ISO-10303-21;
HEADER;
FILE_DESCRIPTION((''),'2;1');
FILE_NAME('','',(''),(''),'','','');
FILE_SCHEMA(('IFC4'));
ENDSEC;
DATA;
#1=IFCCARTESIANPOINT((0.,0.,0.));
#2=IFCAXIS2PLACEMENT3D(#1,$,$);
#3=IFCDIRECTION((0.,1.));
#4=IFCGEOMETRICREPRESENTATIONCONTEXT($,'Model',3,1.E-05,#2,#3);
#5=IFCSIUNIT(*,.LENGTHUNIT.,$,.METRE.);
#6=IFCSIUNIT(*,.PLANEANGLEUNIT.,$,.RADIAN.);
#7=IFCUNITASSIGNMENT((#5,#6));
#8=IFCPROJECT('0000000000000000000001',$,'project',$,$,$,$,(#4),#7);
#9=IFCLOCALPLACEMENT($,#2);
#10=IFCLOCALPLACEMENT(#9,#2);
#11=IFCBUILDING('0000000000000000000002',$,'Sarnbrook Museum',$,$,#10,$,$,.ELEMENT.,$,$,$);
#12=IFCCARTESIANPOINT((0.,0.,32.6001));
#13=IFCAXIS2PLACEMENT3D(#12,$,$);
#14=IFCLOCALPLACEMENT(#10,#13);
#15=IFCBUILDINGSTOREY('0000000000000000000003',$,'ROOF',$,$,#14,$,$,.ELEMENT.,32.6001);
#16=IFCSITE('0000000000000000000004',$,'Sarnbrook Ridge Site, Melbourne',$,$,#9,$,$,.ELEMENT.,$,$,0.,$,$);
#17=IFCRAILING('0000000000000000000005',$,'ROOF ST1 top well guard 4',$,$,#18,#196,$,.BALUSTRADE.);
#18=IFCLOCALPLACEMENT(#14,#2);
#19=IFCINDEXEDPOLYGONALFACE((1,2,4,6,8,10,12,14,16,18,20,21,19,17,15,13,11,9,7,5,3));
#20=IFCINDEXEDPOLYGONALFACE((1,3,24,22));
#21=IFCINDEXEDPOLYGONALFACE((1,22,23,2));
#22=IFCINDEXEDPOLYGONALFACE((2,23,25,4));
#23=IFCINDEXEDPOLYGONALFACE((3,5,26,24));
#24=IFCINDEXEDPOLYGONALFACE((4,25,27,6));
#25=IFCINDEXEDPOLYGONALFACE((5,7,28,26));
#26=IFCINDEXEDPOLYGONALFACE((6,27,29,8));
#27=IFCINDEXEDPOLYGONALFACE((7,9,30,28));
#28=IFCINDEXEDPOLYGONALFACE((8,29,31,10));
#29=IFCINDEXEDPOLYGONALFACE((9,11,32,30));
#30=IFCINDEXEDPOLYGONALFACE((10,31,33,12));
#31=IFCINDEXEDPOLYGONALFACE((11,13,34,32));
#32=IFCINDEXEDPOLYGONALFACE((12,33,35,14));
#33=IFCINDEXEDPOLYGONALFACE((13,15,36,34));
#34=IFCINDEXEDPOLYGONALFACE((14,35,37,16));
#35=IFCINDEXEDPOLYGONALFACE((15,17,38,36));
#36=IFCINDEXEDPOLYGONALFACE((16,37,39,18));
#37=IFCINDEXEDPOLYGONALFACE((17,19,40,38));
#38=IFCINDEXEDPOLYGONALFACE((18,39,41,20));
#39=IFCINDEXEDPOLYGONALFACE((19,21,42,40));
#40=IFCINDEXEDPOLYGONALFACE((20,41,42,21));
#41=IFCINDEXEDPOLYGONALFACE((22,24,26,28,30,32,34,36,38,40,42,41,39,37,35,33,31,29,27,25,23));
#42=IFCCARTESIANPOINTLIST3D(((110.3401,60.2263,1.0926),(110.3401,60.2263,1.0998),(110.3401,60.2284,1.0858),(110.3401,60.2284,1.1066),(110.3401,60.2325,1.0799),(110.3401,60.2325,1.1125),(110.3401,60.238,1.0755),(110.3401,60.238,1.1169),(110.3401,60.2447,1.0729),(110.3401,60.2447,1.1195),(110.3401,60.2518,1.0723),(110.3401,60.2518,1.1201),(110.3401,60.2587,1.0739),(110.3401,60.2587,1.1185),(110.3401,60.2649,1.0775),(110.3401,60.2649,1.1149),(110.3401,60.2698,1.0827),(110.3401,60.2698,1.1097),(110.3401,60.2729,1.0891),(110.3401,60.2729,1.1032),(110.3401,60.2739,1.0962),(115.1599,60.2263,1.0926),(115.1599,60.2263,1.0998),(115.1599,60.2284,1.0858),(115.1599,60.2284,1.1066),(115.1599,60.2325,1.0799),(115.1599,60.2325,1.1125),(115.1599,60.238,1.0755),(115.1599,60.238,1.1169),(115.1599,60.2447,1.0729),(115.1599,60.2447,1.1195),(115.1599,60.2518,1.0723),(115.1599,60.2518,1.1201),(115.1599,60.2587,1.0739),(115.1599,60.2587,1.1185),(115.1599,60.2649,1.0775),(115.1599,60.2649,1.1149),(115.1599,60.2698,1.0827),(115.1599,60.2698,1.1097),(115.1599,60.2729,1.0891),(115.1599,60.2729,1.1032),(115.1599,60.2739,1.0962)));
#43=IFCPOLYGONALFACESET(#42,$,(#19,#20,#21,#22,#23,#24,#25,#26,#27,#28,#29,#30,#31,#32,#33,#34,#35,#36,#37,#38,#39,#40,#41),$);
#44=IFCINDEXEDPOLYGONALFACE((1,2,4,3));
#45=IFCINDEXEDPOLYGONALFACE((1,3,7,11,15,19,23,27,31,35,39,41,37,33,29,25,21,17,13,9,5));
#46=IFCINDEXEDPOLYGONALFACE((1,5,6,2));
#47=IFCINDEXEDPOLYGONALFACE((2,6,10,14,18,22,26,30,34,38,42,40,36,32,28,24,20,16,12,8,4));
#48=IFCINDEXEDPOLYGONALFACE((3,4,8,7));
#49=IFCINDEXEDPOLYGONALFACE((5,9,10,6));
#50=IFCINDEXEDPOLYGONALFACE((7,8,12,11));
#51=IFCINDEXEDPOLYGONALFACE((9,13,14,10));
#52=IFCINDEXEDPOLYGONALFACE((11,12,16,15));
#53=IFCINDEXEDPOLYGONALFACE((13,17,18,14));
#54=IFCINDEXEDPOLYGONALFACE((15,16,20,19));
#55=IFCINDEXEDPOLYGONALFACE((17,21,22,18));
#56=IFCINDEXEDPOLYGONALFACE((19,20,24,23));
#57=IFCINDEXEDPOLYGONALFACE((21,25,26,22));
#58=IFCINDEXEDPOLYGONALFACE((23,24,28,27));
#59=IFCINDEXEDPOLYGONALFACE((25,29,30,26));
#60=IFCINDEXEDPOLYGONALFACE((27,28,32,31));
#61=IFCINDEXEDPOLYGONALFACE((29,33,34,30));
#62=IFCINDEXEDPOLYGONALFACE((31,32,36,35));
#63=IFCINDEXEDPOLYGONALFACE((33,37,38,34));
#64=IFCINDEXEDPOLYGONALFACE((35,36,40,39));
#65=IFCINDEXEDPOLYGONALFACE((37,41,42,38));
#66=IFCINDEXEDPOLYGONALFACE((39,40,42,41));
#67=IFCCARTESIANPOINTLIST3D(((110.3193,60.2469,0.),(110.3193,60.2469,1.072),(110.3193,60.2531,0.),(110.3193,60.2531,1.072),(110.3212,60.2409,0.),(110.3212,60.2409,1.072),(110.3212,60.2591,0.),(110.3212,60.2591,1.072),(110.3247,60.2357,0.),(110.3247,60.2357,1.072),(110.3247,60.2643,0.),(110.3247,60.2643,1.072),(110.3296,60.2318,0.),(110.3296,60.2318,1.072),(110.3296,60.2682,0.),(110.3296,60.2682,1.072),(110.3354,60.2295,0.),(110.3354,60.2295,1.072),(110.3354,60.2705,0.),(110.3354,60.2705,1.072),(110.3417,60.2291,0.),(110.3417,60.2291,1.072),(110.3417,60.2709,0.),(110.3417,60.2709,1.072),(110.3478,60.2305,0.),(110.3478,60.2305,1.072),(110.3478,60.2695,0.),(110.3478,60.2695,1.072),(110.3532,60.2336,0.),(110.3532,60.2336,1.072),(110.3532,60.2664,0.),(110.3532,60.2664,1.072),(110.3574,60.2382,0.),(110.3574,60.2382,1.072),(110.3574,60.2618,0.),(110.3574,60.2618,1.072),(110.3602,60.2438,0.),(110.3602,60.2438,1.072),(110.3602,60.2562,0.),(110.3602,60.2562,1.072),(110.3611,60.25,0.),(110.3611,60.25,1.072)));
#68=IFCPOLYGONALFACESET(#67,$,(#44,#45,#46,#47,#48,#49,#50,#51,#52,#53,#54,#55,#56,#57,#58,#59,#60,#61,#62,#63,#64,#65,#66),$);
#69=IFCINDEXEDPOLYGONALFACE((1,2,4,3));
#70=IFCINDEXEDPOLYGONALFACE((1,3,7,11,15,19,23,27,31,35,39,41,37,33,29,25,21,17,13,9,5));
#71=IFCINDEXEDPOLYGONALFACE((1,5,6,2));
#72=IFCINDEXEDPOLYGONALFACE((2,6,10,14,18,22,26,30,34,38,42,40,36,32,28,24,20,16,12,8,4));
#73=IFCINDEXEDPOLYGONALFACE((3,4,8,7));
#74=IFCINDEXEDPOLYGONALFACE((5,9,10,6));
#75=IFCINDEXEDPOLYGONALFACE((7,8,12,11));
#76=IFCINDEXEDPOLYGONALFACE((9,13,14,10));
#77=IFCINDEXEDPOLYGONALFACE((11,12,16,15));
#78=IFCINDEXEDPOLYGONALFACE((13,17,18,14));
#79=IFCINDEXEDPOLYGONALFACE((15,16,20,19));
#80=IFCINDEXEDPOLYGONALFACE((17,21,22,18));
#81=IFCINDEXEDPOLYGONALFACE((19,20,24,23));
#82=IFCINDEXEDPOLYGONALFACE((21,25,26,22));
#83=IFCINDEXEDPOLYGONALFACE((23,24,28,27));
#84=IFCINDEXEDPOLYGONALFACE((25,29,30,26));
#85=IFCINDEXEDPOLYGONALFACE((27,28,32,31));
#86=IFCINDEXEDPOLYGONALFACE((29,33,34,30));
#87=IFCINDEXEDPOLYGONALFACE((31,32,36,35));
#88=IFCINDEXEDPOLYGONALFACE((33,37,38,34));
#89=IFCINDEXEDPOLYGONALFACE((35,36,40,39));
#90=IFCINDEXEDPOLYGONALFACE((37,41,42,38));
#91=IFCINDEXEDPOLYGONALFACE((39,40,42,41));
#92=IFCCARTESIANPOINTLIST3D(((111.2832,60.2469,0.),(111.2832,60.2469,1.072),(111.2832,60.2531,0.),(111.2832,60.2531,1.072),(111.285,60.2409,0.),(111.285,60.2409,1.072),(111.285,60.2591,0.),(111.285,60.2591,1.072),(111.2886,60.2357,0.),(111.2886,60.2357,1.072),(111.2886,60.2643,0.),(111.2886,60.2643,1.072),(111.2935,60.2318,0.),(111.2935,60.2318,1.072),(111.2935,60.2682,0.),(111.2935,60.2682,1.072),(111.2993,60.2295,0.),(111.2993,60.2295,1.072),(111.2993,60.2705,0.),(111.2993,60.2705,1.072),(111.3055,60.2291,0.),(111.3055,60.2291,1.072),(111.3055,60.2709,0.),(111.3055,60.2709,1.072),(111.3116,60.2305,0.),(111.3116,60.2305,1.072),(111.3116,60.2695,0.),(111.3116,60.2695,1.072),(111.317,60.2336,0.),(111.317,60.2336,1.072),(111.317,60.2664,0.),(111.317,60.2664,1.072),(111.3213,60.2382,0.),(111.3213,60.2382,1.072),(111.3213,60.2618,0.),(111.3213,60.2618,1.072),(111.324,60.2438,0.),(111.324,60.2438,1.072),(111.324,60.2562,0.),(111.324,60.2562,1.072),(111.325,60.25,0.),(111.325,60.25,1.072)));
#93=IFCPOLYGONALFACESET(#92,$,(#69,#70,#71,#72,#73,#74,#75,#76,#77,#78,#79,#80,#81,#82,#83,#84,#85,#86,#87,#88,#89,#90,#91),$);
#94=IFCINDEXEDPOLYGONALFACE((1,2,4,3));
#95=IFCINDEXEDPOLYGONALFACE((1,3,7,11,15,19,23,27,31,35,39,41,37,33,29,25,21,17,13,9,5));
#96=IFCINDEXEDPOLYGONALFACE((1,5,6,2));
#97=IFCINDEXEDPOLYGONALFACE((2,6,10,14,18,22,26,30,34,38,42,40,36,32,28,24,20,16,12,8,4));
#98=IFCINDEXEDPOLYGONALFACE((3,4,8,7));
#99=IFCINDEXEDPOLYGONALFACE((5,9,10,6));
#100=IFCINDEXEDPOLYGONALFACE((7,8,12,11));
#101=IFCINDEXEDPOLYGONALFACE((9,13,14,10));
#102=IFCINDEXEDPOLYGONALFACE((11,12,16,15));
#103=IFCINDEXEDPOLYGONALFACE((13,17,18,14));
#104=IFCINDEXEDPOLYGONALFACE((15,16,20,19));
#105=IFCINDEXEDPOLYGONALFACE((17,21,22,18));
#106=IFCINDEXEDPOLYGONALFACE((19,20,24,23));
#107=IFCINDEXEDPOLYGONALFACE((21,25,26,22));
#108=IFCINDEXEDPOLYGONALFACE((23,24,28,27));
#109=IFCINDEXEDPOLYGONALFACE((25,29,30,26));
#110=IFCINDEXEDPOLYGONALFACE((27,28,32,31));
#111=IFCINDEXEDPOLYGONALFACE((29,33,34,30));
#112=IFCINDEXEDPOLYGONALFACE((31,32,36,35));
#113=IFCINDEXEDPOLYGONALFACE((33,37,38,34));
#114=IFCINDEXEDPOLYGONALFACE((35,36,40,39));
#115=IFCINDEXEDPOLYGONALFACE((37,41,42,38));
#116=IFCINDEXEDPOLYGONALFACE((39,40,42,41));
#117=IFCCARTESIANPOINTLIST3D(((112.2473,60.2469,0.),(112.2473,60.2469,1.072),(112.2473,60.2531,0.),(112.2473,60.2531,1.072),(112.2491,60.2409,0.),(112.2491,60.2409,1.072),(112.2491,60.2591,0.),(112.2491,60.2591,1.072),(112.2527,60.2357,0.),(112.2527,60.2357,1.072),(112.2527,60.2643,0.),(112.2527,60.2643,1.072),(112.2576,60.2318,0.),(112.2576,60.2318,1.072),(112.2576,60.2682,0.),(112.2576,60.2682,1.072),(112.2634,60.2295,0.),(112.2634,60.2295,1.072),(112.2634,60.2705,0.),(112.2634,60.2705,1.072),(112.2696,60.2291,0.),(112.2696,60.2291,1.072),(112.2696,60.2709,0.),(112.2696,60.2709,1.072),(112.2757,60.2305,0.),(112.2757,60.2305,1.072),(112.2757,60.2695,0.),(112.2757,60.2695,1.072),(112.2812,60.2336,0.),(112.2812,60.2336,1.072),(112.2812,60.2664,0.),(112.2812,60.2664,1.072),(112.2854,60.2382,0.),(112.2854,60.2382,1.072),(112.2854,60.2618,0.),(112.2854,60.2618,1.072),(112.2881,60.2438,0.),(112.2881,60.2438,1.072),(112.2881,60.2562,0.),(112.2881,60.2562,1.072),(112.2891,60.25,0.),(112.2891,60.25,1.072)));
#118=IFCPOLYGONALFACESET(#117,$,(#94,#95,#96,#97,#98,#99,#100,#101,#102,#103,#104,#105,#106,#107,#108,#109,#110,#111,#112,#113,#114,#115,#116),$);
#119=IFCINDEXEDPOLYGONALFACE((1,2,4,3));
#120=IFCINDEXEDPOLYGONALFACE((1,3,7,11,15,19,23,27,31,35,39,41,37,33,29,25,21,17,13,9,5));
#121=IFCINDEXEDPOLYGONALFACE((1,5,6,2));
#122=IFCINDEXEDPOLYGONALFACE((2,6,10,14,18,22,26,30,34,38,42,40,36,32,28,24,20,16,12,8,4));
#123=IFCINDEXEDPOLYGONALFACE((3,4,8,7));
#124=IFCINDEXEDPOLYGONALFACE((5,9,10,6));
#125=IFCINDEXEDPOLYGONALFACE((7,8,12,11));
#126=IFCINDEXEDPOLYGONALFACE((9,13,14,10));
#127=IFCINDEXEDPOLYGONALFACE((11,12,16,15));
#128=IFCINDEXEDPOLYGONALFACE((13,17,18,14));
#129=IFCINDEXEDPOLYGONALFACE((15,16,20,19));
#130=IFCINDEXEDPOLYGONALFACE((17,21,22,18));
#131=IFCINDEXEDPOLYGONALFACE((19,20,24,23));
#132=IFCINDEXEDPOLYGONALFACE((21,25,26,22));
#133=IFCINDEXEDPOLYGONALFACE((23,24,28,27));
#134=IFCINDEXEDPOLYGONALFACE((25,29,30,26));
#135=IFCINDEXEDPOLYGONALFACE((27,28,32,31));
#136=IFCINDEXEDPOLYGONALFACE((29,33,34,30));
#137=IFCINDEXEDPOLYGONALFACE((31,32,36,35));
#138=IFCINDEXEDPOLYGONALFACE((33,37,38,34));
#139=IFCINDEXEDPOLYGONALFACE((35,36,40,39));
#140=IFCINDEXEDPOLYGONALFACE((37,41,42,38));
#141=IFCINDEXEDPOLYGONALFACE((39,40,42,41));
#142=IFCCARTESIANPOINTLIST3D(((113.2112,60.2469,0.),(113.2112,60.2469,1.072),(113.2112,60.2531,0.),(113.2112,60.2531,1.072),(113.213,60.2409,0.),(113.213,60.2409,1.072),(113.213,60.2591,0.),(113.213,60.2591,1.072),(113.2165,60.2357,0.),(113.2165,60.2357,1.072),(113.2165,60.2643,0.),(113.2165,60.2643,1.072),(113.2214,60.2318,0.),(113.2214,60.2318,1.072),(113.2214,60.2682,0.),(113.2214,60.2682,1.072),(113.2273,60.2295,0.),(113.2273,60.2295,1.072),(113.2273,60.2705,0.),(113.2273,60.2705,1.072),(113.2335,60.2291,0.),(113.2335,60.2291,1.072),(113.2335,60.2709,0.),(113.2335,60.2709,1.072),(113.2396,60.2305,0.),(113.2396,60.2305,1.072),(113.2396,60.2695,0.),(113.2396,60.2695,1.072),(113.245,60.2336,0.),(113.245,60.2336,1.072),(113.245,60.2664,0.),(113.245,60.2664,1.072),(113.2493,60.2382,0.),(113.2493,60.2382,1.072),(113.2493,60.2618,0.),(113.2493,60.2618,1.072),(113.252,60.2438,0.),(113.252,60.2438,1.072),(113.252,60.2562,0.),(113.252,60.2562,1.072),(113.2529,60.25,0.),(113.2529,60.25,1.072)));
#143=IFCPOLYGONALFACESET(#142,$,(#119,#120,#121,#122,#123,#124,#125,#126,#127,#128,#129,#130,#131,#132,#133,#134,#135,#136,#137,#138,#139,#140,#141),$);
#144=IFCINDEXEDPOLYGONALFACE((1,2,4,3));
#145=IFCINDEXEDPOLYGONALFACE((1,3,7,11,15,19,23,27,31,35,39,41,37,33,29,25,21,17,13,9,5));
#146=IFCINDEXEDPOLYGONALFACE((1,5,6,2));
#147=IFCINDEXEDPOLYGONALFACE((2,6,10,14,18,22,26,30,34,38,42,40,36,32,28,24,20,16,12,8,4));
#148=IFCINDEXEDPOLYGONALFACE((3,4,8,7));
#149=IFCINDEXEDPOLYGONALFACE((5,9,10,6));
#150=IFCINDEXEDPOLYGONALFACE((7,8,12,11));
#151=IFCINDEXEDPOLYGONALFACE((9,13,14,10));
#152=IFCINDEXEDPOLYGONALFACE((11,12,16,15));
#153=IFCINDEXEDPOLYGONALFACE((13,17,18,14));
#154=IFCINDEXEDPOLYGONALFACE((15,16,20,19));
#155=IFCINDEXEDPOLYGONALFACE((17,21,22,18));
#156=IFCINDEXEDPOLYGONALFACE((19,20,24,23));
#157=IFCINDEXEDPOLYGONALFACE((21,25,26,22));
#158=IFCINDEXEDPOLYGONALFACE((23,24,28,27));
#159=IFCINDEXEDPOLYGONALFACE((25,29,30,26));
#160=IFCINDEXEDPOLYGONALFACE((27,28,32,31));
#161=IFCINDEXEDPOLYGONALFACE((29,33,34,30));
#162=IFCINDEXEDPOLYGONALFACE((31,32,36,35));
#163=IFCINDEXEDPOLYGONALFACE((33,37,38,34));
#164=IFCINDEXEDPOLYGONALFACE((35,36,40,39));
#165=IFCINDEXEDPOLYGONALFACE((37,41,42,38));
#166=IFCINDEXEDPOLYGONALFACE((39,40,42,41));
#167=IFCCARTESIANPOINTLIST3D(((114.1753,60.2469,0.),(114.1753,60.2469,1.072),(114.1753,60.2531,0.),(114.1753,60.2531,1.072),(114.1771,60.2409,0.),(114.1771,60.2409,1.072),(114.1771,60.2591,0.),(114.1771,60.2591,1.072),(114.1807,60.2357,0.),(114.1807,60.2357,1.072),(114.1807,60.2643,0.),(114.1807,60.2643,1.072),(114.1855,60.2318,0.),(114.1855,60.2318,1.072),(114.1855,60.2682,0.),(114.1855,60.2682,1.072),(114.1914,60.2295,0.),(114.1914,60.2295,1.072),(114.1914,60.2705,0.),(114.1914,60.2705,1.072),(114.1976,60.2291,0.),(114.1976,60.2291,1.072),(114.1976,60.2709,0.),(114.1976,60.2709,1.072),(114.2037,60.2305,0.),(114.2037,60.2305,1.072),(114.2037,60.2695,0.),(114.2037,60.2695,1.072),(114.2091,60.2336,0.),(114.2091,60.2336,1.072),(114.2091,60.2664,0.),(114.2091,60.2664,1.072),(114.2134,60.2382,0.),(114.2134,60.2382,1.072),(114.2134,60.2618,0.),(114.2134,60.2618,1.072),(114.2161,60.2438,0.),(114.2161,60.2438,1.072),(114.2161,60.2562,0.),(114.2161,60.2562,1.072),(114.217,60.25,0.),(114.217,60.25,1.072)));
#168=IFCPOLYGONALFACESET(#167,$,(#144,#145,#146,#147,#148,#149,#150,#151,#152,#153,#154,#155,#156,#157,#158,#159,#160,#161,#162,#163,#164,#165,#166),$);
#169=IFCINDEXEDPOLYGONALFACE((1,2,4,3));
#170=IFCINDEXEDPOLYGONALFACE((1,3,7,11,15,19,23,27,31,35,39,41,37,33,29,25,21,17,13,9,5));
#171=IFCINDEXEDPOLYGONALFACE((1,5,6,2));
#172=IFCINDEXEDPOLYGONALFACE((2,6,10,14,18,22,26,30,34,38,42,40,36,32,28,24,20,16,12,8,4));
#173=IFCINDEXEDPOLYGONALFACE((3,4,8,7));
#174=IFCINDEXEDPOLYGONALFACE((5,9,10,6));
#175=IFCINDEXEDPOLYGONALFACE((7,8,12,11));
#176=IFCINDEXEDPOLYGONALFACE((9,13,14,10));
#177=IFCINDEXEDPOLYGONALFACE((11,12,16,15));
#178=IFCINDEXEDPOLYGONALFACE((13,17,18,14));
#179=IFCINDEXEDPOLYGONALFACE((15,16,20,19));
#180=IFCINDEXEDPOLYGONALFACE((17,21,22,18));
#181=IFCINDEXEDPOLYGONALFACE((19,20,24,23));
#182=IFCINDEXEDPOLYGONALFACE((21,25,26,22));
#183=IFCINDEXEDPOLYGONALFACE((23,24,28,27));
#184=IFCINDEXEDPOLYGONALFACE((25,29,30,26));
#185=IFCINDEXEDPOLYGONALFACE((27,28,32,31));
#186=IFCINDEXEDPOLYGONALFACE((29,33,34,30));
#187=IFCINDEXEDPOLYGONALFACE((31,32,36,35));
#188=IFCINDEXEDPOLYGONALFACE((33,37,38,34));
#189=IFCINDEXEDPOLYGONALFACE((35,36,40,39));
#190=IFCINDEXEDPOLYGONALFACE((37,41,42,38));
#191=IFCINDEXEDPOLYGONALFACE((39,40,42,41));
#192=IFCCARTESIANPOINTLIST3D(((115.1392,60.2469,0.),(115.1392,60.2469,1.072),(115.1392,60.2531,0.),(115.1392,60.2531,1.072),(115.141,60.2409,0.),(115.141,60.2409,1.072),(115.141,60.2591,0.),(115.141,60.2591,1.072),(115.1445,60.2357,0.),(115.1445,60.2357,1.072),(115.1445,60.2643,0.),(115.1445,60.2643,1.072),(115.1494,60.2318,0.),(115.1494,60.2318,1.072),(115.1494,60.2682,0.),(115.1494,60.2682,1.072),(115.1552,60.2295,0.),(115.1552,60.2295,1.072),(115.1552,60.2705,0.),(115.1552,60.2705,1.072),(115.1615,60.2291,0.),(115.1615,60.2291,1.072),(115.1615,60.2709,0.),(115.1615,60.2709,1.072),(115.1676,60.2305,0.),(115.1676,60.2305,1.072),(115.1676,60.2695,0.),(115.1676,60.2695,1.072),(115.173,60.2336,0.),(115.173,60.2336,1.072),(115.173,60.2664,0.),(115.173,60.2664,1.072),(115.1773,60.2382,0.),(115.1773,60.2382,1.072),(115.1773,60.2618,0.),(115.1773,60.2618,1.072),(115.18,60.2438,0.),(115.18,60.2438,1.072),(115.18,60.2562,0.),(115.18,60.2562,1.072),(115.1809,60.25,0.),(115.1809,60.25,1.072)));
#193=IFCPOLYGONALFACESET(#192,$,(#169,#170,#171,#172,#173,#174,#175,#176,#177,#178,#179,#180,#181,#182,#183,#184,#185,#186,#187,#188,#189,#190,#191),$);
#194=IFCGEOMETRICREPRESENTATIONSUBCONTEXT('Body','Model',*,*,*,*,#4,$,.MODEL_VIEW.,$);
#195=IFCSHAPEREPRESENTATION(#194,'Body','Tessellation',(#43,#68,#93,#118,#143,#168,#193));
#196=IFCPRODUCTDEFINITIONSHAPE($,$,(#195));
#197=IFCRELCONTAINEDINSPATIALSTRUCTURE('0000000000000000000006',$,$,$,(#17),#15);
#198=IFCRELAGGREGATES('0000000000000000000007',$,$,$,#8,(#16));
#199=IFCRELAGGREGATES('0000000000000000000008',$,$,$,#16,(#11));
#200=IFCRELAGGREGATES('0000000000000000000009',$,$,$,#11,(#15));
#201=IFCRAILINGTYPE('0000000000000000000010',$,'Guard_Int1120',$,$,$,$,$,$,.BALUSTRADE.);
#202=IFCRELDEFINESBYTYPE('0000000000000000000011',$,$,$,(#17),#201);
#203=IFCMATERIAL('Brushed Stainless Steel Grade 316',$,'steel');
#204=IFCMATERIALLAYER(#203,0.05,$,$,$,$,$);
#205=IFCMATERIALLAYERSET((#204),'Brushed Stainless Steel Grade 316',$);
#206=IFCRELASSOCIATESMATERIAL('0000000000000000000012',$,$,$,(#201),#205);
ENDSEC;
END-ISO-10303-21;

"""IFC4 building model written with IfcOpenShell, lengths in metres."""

from ifc_helpers import new_model, si_unit, direction, frame, origin, origin_2d, place, context, subcontext, project, spatial, circle, extrude, material, layer, layer_set, type_object, element, save


model = new_model("IFC4")

# Units and contexts
model_context = context("Model", 3, precision=1e-05, world=origin(), true_north=direction((0.0, 1.0)))
body_context = subcontext(model_context, "Body", "Model", "MODEL_VIEW")
ifc_project = project(units=[si_unit("LENGTHUNIT", "METRE"), si_unit("PLANEANGLEUNIT", "RADIAN")], contexts=[model_context])

# Site, building, storey
site_placement = place(None, origin())
site = spatial("IfcSite", under=ifc_project, at=site_placement, Name="Sarnbrook Ridge Site, Melbourne", CompositionType="ELEMENT", RefElevation=0.0)
building_placement = place(site_placement, origin())
building = spatial("IfcBuilding", under=site, at=building_placement, Name="Sarnbrook Museum", CompositionType="ELEMENT")
storey_placement = place(building_placement, frame((0.0, 0.0, 32.6001)))
storey = spatial("IfcBuildingStorey", under=building, at=storey_placement, Name="ROOF", CompositionType="ELEMENT", Elevation=32.6001)

# Shared definitions
ifc_material_1 = material(Name="Brushed Stainless Steel Grade 316", Category="steel")

# Railing
ifc_layer_1 = layer(ifc_material_1, 0.05)
ifc_layer_set_1 = layer_set([ifc_layer_1], Name="Brushed Stainless Steel Grade 316")
railing_type = type_object("IfcRailingType", Name="Guard_Int1120", PredefinedType="BALUSTRADE", material=ifc_layer_set_1)
railing_1_placement = place(storey_placement, frame((110.3401, 60.25, 0.0)))
element("IfcRailing", 1, at=railing_1_placement, inside=storey, type_object=railing_type, Name="ROOF ST1 top well guard 4", PredefinedType="BALUSTRADE", context=body_context, shape_type="SweptSolid", body=[
    extrude(circle(Radius=0.0239, at=origin_2d()), frame((0.0, 0.0, 1.0962), z_axis=(1.0, 0.0, 0.0), x_axis=(0.0, 1.0, 0.0)), (0.0, 0.0, 1.0), 4.8198),
    extrude(circle(Radius=0.021, at=origin_2d()), origin(), (0.0, 0.0, 1.0), 1.072),
    extrude(circle(Radius=0.021, at=origin_2d()), frame((0.9639, 0.0, 0.0)), (0.0, 0.0, 1.0), 1.072),
    extrude(circle(Radius=0.021, at=origin_2d()), frame((1.928, 0.0, 0.0)), (0.0, 0.0, 1.0), 1.072),
    extrude(circle(Radius=0.021, at=origin_2d()), frame((2.8918, 0.0, 0.0)), (0.0, 0.0, 1.0), 1.072),
    extrude(circle(Radius=0.021, at=origin_2d()), frame((3.856, 0.0, 0.0)), (0.0, 0.0, 1.0), 1.072),
    extrude(circle(Radius=0.021, at=origin_2d()), frame((4.8198, 0.0, 0.0)), (0.0, 0.0, 1.0), 1.072),
])

save(model, "model.ifc")
